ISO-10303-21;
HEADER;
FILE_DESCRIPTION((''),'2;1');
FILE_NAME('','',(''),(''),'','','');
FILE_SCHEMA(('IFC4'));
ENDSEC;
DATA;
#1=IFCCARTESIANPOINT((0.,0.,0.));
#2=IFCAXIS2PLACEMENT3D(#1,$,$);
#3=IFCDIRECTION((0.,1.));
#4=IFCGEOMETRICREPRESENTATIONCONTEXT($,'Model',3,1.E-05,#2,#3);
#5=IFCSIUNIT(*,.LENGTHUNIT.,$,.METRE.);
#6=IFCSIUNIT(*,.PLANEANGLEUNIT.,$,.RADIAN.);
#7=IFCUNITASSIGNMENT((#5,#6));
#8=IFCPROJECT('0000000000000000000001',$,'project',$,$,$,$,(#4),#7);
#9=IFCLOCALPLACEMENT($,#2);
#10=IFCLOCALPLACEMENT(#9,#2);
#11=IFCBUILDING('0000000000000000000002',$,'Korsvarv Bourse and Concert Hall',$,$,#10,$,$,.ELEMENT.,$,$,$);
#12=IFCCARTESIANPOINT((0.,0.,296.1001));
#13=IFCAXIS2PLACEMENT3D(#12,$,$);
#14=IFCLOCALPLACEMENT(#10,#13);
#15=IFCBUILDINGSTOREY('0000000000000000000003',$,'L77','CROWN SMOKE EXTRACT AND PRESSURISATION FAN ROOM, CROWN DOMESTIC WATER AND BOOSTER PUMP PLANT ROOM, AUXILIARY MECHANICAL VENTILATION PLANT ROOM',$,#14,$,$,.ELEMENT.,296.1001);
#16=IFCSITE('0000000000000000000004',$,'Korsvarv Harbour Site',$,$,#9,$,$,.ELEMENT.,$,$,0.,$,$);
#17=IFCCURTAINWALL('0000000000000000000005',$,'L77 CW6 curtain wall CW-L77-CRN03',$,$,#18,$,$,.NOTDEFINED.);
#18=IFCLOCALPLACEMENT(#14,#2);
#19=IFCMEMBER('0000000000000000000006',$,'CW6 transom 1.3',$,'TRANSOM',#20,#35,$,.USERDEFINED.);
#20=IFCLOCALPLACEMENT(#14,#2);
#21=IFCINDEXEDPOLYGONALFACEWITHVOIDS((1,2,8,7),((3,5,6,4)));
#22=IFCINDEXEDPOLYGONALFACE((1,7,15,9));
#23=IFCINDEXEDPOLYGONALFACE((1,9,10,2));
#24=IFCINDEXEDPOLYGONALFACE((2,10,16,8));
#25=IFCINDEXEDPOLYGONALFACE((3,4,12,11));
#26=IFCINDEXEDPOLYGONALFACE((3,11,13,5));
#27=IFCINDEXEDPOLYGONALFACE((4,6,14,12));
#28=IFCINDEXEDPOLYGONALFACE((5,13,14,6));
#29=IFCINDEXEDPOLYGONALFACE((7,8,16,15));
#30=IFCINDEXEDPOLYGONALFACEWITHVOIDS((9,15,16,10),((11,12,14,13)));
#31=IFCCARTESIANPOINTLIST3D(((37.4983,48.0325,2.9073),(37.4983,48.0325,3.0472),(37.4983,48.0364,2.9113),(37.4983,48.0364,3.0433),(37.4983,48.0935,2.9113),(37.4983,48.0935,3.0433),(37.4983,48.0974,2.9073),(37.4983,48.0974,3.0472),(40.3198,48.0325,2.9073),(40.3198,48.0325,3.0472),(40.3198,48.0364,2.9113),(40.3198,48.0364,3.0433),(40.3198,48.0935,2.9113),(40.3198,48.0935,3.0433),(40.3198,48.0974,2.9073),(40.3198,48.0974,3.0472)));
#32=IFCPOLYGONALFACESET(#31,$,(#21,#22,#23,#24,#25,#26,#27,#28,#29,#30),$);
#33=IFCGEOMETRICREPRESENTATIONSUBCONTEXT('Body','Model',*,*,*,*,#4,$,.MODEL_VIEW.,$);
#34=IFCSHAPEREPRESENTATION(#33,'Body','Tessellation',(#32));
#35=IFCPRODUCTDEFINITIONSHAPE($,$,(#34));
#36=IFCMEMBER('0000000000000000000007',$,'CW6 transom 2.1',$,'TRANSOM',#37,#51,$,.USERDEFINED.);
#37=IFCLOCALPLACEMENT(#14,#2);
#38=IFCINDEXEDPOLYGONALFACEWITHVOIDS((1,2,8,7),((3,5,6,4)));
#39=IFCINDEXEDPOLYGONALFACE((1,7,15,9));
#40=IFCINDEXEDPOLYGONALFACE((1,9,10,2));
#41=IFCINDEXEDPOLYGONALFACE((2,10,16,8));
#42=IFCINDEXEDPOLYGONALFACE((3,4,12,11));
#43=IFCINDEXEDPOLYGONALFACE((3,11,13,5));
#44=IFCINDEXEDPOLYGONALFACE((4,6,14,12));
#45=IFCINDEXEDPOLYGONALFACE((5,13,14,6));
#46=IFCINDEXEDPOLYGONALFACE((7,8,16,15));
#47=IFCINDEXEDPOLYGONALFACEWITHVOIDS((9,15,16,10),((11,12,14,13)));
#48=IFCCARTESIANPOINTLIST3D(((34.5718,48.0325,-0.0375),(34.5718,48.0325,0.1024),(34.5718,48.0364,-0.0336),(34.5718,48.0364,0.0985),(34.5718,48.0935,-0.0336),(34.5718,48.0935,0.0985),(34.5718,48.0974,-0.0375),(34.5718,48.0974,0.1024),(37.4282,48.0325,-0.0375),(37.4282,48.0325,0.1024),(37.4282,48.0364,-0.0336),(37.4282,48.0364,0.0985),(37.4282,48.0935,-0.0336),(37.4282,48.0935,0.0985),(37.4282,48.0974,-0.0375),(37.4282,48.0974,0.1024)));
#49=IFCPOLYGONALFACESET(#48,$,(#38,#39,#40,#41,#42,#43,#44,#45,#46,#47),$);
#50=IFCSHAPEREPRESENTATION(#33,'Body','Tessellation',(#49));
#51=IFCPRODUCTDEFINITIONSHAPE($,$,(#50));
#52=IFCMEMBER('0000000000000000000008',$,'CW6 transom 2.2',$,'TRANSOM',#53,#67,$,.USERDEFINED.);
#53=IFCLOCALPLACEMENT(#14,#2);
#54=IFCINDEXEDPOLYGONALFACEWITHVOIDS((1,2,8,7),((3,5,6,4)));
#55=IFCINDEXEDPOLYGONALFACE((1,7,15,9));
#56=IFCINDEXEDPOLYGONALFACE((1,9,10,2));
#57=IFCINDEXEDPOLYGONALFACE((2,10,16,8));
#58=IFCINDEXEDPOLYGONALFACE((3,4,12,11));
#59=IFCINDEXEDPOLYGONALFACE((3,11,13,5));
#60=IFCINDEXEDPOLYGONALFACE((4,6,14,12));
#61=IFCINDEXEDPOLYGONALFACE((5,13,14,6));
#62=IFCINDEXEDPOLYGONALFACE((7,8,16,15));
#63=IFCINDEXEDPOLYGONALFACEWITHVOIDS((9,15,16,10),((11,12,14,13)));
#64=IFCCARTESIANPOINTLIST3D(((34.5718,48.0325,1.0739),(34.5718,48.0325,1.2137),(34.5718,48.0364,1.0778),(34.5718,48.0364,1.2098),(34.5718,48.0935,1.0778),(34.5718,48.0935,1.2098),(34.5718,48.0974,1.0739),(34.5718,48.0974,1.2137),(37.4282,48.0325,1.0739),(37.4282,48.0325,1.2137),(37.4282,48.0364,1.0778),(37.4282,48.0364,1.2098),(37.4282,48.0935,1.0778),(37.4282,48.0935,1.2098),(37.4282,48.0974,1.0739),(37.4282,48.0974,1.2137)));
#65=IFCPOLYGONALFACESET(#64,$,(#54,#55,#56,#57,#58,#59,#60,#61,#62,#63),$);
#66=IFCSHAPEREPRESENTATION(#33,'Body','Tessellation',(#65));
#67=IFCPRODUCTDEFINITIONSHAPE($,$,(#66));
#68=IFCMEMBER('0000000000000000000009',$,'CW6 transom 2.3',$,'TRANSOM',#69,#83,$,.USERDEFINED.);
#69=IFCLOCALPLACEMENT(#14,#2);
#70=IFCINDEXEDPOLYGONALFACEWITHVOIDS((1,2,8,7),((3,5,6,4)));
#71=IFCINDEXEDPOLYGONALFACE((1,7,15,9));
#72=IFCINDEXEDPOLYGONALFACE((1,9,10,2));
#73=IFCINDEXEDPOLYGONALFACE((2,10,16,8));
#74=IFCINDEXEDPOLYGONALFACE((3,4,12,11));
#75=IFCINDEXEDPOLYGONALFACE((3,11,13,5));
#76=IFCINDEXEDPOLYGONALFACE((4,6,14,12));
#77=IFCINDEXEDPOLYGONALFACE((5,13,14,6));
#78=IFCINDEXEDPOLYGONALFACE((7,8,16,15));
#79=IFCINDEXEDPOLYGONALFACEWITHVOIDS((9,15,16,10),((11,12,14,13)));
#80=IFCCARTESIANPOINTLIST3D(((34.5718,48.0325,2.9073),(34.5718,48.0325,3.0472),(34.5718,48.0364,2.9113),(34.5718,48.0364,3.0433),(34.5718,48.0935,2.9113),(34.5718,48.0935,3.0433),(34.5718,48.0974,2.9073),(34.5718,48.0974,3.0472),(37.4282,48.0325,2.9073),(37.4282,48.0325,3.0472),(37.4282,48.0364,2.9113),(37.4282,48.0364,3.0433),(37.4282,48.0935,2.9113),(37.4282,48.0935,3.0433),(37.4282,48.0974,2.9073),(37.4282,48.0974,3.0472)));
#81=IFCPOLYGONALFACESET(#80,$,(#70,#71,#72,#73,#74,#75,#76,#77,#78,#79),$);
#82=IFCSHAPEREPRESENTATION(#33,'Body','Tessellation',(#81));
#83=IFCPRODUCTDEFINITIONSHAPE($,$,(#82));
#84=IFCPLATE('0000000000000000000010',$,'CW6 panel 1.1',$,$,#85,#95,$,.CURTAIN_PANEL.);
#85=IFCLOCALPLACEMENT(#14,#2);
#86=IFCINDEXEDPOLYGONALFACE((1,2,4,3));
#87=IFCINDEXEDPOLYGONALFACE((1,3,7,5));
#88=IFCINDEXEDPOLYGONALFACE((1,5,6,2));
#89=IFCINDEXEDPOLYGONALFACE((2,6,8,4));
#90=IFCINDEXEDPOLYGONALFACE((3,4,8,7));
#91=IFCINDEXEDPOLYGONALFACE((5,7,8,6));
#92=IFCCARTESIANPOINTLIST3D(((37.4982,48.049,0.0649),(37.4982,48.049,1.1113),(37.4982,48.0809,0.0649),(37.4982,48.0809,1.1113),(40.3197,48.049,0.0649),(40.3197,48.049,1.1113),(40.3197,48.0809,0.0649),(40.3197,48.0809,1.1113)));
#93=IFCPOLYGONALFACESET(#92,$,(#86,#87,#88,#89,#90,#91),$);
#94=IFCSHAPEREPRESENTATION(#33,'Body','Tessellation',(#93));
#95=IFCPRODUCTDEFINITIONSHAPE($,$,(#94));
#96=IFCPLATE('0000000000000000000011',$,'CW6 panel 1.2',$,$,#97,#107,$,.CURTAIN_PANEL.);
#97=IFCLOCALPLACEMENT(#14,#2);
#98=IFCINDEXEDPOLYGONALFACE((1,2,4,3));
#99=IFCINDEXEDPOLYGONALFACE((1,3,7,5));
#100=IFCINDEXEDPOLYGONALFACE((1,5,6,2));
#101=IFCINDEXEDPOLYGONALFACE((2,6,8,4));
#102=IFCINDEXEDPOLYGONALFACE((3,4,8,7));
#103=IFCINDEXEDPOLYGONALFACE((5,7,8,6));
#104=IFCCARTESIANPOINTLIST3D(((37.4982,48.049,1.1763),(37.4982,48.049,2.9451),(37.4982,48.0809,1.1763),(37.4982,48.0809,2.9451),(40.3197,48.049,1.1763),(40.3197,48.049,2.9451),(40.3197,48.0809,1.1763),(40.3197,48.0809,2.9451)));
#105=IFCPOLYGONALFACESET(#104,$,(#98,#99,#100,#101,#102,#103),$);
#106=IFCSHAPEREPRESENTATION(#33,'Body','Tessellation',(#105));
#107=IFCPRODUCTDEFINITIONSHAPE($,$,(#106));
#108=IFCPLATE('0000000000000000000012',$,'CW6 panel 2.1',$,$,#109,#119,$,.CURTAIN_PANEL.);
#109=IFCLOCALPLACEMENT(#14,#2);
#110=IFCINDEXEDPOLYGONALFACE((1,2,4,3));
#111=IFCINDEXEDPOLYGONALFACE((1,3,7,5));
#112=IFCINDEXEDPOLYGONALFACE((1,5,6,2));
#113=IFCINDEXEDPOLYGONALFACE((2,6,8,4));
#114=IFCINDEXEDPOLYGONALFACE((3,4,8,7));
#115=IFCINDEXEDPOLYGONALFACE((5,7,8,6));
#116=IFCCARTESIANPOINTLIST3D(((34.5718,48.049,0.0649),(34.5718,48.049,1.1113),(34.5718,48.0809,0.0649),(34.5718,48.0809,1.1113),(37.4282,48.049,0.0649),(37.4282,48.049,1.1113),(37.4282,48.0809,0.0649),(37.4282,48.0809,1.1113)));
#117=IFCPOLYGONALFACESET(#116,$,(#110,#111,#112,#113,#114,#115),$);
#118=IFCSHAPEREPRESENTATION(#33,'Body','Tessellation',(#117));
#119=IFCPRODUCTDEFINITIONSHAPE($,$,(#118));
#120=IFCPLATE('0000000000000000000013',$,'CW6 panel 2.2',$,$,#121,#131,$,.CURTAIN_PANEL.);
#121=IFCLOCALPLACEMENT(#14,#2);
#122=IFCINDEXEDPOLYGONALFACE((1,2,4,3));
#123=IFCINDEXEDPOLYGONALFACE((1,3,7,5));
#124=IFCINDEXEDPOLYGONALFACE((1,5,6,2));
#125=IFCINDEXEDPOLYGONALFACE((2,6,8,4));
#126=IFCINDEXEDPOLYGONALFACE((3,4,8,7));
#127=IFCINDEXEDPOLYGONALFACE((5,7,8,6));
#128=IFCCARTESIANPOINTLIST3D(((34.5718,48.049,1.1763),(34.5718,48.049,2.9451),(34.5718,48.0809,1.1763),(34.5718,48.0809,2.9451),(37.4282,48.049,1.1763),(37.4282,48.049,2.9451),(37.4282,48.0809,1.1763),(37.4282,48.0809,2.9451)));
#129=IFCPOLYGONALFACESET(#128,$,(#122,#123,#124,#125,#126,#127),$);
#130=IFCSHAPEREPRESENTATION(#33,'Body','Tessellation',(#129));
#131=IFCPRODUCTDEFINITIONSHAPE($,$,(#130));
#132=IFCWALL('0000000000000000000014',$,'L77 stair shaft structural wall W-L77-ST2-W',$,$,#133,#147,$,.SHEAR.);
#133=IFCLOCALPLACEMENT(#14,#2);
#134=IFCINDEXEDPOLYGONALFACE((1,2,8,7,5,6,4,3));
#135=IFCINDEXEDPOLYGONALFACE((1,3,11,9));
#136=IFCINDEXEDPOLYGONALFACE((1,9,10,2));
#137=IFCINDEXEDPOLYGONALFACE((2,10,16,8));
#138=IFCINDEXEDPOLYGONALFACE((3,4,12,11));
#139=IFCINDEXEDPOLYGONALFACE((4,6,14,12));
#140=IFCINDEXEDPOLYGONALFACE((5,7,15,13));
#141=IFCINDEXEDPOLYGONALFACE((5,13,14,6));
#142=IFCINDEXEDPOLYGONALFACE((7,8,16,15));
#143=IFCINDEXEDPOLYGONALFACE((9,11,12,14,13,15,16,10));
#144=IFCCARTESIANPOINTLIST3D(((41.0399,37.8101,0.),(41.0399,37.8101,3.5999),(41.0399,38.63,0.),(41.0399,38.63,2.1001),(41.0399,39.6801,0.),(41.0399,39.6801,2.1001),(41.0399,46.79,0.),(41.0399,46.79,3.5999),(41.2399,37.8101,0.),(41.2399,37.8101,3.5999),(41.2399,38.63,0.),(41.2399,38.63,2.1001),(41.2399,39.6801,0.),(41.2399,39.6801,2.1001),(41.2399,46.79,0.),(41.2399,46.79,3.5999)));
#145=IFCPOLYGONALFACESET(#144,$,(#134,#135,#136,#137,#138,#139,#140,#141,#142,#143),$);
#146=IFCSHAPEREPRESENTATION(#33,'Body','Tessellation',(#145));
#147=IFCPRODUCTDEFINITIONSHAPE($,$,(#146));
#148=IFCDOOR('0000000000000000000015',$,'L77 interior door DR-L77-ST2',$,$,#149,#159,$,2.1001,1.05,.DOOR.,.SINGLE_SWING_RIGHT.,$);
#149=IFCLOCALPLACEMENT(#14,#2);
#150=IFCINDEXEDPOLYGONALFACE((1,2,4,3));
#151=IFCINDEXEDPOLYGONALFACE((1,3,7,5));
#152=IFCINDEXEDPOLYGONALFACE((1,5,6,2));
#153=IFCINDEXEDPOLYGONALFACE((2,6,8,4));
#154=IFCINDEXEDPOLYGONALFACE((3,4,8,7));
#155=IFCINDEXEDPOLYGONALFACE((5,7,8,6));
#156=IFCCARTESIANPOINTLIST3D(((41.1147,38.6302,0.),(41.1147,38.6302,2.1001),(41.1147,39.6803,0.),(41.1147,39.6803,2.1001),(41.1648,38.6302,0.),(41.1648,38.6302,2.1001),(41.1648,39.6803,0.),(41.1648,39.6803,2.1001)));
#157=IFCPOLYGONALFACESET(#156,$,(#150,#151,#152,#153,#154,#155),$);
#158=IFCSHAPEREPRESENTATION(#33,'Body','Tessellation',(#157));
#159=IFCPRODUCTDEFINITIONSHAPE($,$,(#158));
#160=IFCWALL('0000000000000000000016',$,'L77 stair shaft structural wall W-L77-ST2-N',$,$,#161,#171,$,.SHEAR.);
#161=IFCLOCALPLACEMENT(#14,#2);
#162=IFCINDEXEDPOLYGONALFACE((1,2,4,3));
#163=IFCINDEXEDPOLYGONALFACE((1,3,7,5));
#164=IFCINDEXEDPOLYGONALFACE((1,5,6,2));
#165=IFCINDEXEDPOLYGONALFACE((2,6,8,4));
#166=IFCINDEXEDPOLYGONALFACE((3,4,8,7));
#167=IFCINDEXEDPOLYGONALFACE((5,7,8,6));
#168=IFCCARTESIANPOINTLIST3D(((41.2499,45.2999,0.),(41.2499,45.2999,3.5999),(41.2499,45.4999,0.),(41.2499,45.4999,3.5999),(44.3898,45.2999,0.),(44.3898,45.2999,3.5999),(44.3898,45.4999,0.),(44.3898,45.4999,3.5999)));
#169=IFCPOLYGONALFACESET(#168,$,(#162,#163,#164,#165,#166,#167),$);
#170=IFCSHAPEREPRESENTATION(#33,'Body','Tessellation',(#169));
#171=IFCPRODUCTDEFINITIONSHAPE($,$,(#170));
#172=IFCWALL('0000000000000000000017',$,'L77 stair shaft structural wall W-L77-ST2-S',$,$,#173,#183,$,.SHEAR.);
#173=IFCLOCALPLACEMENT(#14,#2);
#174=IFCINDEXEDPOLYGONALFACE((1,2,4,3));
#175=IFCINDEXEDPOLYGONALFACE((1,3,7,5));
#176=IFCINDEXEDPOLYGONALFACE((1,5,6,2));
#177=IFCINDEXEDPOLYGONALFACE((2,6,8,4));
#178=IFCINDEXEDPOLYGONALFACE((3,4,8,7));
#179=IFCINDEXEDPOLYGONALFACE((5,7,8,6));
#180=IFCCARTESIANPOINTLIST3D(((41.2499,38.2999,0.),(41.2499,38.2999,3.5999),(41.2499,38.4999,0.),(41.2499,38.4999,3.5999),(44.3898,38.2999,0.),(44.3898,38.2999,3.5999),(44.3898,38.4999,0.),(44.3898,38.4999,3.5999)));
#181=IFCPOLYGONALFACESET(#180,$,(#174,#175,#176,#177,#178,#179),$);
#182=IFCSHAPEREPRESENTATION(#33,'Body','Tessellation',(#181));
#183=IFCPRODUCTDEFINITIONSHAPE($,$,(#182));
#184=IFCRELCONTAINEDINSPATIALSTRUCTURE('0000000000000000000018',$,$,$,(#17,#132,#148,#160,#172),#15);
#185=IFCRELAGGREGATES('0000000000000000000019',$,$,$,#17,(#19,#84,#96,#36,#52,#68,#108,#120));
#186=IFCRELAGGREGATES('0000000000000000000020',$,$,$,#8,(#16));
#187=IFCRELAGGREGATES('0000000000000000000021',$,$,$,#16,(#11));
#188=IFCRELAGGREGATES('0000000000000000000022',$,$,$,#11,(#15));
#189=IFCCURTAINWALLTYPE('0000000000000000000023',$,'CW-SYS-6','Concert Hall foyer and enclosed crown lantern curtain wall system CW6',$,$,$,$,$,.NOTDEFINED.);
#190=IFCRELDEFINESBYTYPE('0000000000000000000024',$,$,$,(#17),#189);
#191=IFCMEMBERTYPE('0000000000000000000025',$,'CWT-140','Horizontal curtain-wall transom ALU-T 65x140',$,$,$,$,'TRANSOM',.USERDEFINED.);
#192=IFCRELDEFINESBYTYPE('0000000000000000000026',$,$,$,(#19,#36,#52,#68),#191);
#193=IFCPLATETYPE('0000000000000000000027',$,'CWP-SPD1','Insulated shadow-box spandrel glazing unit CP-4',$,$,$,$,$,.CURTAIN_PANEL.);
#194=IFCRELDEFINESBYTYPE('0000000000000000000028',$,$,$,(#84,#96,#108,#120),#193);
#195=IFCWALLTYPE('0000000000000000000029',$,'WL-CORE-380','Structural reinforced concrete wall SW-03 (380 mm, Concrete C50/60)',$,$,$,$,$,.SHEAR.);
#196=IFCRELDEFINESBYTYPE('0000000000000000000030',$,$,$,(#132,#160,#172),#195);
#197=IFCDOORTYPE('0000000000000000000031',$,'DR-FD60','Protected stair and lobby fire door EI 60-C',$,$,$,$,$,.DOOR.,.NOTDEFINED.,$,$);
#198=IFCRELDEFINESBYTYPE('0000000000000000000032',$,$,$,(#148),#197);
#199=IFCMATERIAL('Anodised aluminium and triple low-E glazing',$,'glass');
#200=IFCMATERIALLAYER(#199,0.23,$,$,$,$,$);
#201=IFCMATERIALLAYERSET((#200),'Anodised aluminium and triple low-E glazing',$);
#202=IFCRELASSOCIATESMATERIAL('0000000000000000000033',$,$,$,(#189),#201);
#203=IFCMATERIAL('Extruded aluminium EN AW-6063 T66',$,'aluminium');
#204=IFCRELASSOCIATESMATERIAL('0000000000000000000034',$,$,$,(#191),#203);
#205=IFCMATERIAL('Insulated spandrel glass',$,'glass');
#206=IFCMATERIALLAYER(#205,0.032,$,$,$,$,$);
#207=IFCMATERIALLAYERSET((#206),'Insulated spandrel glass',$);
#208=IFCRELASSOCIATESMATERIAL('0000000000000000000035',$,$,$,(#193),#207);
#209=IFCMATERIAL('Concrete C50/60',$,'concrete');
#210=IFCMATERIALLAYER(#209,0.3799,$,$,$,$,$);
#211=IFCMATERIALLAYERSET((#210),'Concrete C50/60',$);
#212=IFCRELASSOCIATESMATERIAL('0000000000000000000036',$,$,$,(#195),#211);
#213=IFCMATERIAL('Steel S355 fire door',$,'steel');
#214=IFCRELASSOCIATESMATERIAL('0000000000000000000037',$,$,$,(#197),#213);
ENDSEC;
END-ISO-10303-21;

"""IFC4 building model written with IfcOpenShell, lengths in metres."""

from ifc_helpers import new_model, si_unit, direction, frame, frame_2d, origin, origin_2d, place, context, subcontext, project, spatial, rectangle, hollow_rectangle, extrude, source, transform, mapped, material, layer, layer_set, material_profile, profile_set, type_object, element, fill, aggregate, save


model = new_model("IFC4")

# Units and contexts
model_context = context("Model", 3, precision=1e-05, world=origin(), true_north=direction((0.0, 1.0)))
body_context = subcontext(model_context, "Body", "Model", "MODEL_VIEW")
ifc_project = project(units=[si_unit("LENGTHUNIT", "METRE"), si_unit("PLANEANGLEUNIT", "RADIAN")], contexts=[model_context])

# Site, building, storey
site_placement = place(None, origin())
site = spatial("IfcSite", under=ifc_project, at=site_placement, Name="Korsvarv Harbour Site", CompositionType="ELEMENT", RefElevation=0.0)
building_placement = place(site_placement, origin())
building = spatial("IfcBuilding", under=site, at=building_placement, Name="Korsvarv Bourse and Concert Hall", CompositionType="ELEMENT")
storey_placement = place(building_placement, frame((0.0, 0.0, 296.1001)))
storey = spatial("IfcBuildingStorey", under=building, at=storey_placement, Name="L77", Description="CROWN SMOKE EXTRACT AND PRESSURISATION FAN ROOM, CROWN DOMESTIC WATER AND BOOSTER PUMP PLANT ROOM, AUXILIARY MECHANICAL VENTILATION PLANT ROOM", CompositionType="ELEMENT", Elevation=296.1001)

# Shared definitions
ifc_material_1 = material(Name="Concrete C50/60", Category="concrete")

# Curtain wall, members, plates
ifc_material_2 = material(Name="Anodised aluminium and triple low-E glazing", Category="glass")
ifc_layer_1 = layer(ifc_material_2, 0.23)
ifc_layer_set_1 = layer_set([ifc_layer_1], Name="Anodised aluminium and triple low-E glazing")
curtain_wall_type = type_object("IfcCurtainWallType", Name="CW-SYS-6", Description="Concert Hall foyer and enclosed crown lantern curtain wall system CW6", PredefinedType="NOTDEFINED", material=ifc_layer_set_1)
curtain_wall_placement = place(storey_placement, origin())
curtain_wall = element("IfcCurtainWall", 1, at=curtain_wall_placement, inside=storey, type_object=curtain_wall_type, Name="L77 CW6 curtain wall CW-L77-CRN03", PredefinedType="NOTDEFINED")
ifc_material_3 = material(Name="Extruded aluminium EN AW-6063 T66", Category="aluminium")
ifc_material_profile_1 = material_profile(ifc_material_3, hollow_rectangle(XDim=0.0649, YDim=0.1399, WallThickness=0.0039, at=origin_2d()), Name="ALU-T 65x140")
ifc_profile_set_1 = profile_set([ifc_material_profile_1], Name="Extruded aluminium EN AW-6063 T66")
member_type_1 = type_object("IfcMemberType", Name="CWT-140", Description="Horizontal curtain-wall transom ALU-T 65x140", ElementType="TRANSOM", PredefinedType="USERDEFINED", material=ifc_profile_set_1)
shared_shape_1 = source(origin(), body_context, "Body", "SweptSolid", [
    extrude(hollow_rectangle(XDim=0.0649, YDim=0.1399, WallThickness=0.0039, at=origin_2d()), origin(), (0.0, 0.0, 1.0), 2.8215),
])
member_1_placement = place(storey_placement, frame((40.3198, 48.0649, 2.9773), z_axis=(-1.0, 0.0, 0.0), x_axis=(0.0, -1.0, 0.0)))
member_1 = element("IfcMember", 2, at=member_1_placement, type_object=member_type_1, Name="CW6 transom 1.3", ObjectType="TRANSOM", PredefinedType="USERDEFINED", context=body_context, shape_type="MappedRepresentation", body=[
    mapped(shared_shape_1, transform((0.0, 0.0, 0.0), scale=1.0)),
])
shared_shape_2 = source(origin(), body_context, "Body", "SweptSolid", [
    extrude(hollow_rectangle(XDim=0.0649, YDim=0.1399, WallThickness=0.0039, at=origin_2d()), origin(), (0.0, 0.0, 1.0), 2.8564),
])
member_2_placement = place(storey_placement, frame((37.4282, 48.0649, 0.0325), z_axis=(-1.0, 0.0, 0.0), x_axis=(0.0, -1.0, 0.0)))
member_2 = element("IfcMember", 3, at=member_2_placement, type_object=member_type_1, Name="CW6 transom 2.1", ObjectType="TRANSOM", PredefinedType="USERDEFINED", context=body_context, shape_type="MappedRepresentation", body=[
    mapped(shared_shape_2, transform((0.0, 0.0, 0.0), scale=1.0)),
])
member_3_placement = place(storey_placement, frame((37.4282, 48.0649, 1.1438), z_axis=(-1.0, 0.0, 0.0), x_axis=(0.0, -1.0, 0.0)))
member_3 = element("IfcMember", 4, at=member_3_placement, type_object=member_type_1, Name="CW6 transom 2.2", ObjectType="TRANSOM", PredefinedType="USERDEFINED", context=body_context, shape_type="MappedRepresentation", body=[
    mapped(shared_shape_2, transform((0.0, 0.0, 0.0), scale=1.0)),
])
member_4_placement = place(storey_placement, frame((37.4282, 48.0649, 2.9773), z_axis=(-1.0, 0.0, 0.0), x_axis=(0.0, -1.0, 0.0)))
member_4 = element("IfcMember", 5, at=member_4_placement, type_object=member_type_1, Name="CW6 transom 2.3", ObjectType="TRANSOM", PredefinedType="USERDEFINED", context=body_context, shape_type="MappedRepresentation", body=[
    mapped(shared_shape_2, transform((0.0, 0.0, 0.0), scale=1.0)),
])
ifc_material_4 = material(Name="Insulated spandrel glass", Category="glass")
ifc_layer_2 = layer(ifc_material_4, 0.032)
ifc_layer_set_2 = layer_set([ifc_layer_2], Name="Insulated spandrel glass")
plate_type = type_object("IfcPlateType", Name="CWP-SPD1", Description="Insulated shadow-box spandrel glazing unit CP-4", PredefinedType="CURTAIN_PANEL", material=ifc_layer_set_2)
shared_shape_3 = source(origin(), body_context, "Body", "SweptSolid", [
    extrude(rectangle(XDim=2.8215, YDim=0.032, at=origin_2d()), origin(), (0.0, 0.0, 1.0), 1.0464),
])
plate_1_placement = place(storey_placement, frame((38.9089, 48.0649, 0.0649), z_axis=(0.0, 0.0, 1.0), x_axis=(-1.0, 0.0, 0.0)))
plate_1 = element("IfcPlate", 6, at=plate_1_placement, type_object=plate_type, Name="CW6 panel 1.1", PredefinedType="CURTAIN_PANEL", context=body_context, shape_type="MappedRepresentation", body=[
    mapped(shared_shape_3, transform((0.0, 0.0, 0.0), scale=1.0)),
])
shared_shape_4 = source(origin(), body_context, "Body", "SweptSolid", [
    extrude(rectangle(XDim=2.8215, YDim=0.032, at=origin_2d()), origin(), (0.0, 0.0, 1.0), 1.7688),
])
plate_2_placement = place(storey_placement, frame((38.9089, 48.0649, 1.1763), z_axis=(0.0, 0.0, 1.0), x_axis=(-1.0, 0.0, 0.0)))
plate_2 = element("IfcPlate", 7, at=plate_2_placement, type_object=plate_type, Name="CW6 panel 1.2", PredefinedType="CURTAIN_PANEL", context=body_context, shape_type="MappedRepresentation", body=[
    mapped(shared_shape_4, transform((0.0, 0.0, 0.0), scale=1.0)),
])
shared_shape_5 = source(origin(), body_context, "Body", "SweptSolid", [
    extrude(rectangle(XDim=2.8564, YDim=0.032, at=origin_2d()), origin(), (0.0, 0.0, 1.0), 1.0464),
])
plate_3_placement = place(storey_placement, frame((36.0, 48.0649, 0.0649), z_axis=(0.0, 0.0, 1.0), x_axis=(-1.0, 0.0, 0.0)))
plate_3 = element("IfcPlate", 8, at=plate_3_placement, type_object=plate_type, Name="CW6 panel 2.1", PredefinedType="CURTAIN_PANEL", context=body_context, shape_type="MappedRepresentation", body=[
    mapped(shared_shape_5, transform((0.0, 0.0, 0.0), scale=1.0)),
])
shared_shape_6 = source(origin(), body_context, "Body", "SweptSolid", [
    extrude(rectangle(XDim=2.8564, YDim=0.032, at=origin_2d()), origin(), (0.0, 0.0, 1.0), 1.7688),
])
plate_4_placement = place(storey_placement, frame((36.0, 48.0649, 1.1763), z_axis=(0.0, 0.0, 1.0), x_axis=(-1.0, 0.0, 0.0)))
plate_4 = element("IfcPlate", 9, at=plate_4_placement, type_object=plate_type, Name="CW6 panel 2.2", PredefinedType="CURTAIN_PANEL", context=body_context, shape_type="MappedRepresentation", body=[
    mapped(shared_shape_6, transform((0.0, 0.0, 0.0), scale=1.0)),
])
aggregate(curtain_wall, [member_1, plate_1, plate_2, member_2, member_3, member_4, plate_3, plate_4])

# Wall, opening, door
ifc_layer_3 = layer(ifc_material_1, 0.3799)
ifc_layer_set_3 = layer_set([ifc_layer_3], Name="Concrete C50/60")
wall_type_1 = type_object("IfcWallType", Name="WL-CORE-380", Description="Structural reinforced concrete wall SW-03 (380 mm, Concrete C50/60)", PredefinedType="SHEAR", material=ifc_layer_set_3)
wall_1_placement = place(storey_placement, frame((41.1399, 37.8101, 0.0), z_axis=(0.0, 0.0, 1.0), x_axis=(0.0, 1.0, 0.0)))
wall_1 = element("IfcWall", 10, at=wall_1_placement, inside=storey, type_object=wall_type_1, Name="L77 stair shaft structural wall W-L77-ST2-W", PredefinedType="SHEAR", context=body_context, shape_type="SweptSolid", body=[
    extrude(rectangle(XDim=8.98, YDim=0.2, at=frame_2d((4.49, 0.0))), origin(), (0.0, 0.0, 1.0), 3.5999),
])
opening_1_placement = place(wall_1_placement, frame((0.8201, 0.0, 0.0)))
opening_1 = element("IfcOpeningElement", 11, at=opening_1_placement, cuts=wall_1, PredefinedType="OPENING", context=body_context, shape_type="SweptSolid", body=[
    extrude(rectangle(XDim=1.05, YDim=2.1001, at=frame_2d((0.5249, 1.05))), frame((0.0, 0.1099, 0.0), z_axis=(0.0, -1.0, 0.0), x_axis=(1.0, 0.0, 0.0)), (0.0, 0.0, 1.0), 0.22),
])
ifc_material_5 = material(Name="Steel S355 fire door", Category="steel")
door_type_1 = type_object("IfcDoorType", Name="DR-FD60", Description="Protected stair and lobby fire door EI 60-C", OperationType="NOTDEFINED", PredefinedType="DOOR", material=ifc_material_5)
door_1_placement = place(opening_1_placement, frame((1.05, 0.0, 0.0), z_axis=(0.0, 0.0, 1.0), x_axis=(-1.0, 0.0, 0.0)))
door_1 = element("IfcDoor", 12, at=door_1_placement, inside=storey, type_object=door_type_1, Name="L77 interior door DR-L77-ST2", OperationType="SINGLE_SWING_RIGHT", OverallHeight=2.1001, OverallWidth=1.05, PredefinedType="DOOR", context=body_context, shape_type="SweptSolid", body=[
    extrude(rectangle(XDim=1.05, YDim=2.1001, at=frame_2d((0.5249, 1.05))), frame((0.0, 0.0249, 0.0), z_axis=(0.0, -1.0, 0.0), x_axis=(1.0, 0.0, 0.0)), (0.0, 0.0, 1.0), 0.05),
])
fill(opening_1, door_1)

# Walls
for number, where, z_axis, x_axis, name in (
    (13, (41.25, 45.3999, 0.0), (0.0, 0.0, 1.0), (1.0, 0.0, 0.0), "L77 stair shaft structural wall W-L77-ST2-N"),
    (14, (41.25, 38.3999, 0.0), (0.0, 0.0, 1.0), (1.0, 0.0, 0.0), "L77 stair shaft structural wall W-L77-ST2-S"),
):
    element("IfcWall", number, at=place(storey_placement, frame(where, z_axis=z_axis, x_axis=x_axis)), inside=storey, type_object=wall_type_1, Name=name, PredefinedType="SHEAR", context=body_context, shape_type="SweptSolid", body=[
        extrude(rectangle(XDim=3.1399, YDim=0.2, at=frame_2d((1.5698, 0.0))), origin(), (0.0, 0.0, 1.0), 3.5999),
    ])

save(model, "model.ifc")
